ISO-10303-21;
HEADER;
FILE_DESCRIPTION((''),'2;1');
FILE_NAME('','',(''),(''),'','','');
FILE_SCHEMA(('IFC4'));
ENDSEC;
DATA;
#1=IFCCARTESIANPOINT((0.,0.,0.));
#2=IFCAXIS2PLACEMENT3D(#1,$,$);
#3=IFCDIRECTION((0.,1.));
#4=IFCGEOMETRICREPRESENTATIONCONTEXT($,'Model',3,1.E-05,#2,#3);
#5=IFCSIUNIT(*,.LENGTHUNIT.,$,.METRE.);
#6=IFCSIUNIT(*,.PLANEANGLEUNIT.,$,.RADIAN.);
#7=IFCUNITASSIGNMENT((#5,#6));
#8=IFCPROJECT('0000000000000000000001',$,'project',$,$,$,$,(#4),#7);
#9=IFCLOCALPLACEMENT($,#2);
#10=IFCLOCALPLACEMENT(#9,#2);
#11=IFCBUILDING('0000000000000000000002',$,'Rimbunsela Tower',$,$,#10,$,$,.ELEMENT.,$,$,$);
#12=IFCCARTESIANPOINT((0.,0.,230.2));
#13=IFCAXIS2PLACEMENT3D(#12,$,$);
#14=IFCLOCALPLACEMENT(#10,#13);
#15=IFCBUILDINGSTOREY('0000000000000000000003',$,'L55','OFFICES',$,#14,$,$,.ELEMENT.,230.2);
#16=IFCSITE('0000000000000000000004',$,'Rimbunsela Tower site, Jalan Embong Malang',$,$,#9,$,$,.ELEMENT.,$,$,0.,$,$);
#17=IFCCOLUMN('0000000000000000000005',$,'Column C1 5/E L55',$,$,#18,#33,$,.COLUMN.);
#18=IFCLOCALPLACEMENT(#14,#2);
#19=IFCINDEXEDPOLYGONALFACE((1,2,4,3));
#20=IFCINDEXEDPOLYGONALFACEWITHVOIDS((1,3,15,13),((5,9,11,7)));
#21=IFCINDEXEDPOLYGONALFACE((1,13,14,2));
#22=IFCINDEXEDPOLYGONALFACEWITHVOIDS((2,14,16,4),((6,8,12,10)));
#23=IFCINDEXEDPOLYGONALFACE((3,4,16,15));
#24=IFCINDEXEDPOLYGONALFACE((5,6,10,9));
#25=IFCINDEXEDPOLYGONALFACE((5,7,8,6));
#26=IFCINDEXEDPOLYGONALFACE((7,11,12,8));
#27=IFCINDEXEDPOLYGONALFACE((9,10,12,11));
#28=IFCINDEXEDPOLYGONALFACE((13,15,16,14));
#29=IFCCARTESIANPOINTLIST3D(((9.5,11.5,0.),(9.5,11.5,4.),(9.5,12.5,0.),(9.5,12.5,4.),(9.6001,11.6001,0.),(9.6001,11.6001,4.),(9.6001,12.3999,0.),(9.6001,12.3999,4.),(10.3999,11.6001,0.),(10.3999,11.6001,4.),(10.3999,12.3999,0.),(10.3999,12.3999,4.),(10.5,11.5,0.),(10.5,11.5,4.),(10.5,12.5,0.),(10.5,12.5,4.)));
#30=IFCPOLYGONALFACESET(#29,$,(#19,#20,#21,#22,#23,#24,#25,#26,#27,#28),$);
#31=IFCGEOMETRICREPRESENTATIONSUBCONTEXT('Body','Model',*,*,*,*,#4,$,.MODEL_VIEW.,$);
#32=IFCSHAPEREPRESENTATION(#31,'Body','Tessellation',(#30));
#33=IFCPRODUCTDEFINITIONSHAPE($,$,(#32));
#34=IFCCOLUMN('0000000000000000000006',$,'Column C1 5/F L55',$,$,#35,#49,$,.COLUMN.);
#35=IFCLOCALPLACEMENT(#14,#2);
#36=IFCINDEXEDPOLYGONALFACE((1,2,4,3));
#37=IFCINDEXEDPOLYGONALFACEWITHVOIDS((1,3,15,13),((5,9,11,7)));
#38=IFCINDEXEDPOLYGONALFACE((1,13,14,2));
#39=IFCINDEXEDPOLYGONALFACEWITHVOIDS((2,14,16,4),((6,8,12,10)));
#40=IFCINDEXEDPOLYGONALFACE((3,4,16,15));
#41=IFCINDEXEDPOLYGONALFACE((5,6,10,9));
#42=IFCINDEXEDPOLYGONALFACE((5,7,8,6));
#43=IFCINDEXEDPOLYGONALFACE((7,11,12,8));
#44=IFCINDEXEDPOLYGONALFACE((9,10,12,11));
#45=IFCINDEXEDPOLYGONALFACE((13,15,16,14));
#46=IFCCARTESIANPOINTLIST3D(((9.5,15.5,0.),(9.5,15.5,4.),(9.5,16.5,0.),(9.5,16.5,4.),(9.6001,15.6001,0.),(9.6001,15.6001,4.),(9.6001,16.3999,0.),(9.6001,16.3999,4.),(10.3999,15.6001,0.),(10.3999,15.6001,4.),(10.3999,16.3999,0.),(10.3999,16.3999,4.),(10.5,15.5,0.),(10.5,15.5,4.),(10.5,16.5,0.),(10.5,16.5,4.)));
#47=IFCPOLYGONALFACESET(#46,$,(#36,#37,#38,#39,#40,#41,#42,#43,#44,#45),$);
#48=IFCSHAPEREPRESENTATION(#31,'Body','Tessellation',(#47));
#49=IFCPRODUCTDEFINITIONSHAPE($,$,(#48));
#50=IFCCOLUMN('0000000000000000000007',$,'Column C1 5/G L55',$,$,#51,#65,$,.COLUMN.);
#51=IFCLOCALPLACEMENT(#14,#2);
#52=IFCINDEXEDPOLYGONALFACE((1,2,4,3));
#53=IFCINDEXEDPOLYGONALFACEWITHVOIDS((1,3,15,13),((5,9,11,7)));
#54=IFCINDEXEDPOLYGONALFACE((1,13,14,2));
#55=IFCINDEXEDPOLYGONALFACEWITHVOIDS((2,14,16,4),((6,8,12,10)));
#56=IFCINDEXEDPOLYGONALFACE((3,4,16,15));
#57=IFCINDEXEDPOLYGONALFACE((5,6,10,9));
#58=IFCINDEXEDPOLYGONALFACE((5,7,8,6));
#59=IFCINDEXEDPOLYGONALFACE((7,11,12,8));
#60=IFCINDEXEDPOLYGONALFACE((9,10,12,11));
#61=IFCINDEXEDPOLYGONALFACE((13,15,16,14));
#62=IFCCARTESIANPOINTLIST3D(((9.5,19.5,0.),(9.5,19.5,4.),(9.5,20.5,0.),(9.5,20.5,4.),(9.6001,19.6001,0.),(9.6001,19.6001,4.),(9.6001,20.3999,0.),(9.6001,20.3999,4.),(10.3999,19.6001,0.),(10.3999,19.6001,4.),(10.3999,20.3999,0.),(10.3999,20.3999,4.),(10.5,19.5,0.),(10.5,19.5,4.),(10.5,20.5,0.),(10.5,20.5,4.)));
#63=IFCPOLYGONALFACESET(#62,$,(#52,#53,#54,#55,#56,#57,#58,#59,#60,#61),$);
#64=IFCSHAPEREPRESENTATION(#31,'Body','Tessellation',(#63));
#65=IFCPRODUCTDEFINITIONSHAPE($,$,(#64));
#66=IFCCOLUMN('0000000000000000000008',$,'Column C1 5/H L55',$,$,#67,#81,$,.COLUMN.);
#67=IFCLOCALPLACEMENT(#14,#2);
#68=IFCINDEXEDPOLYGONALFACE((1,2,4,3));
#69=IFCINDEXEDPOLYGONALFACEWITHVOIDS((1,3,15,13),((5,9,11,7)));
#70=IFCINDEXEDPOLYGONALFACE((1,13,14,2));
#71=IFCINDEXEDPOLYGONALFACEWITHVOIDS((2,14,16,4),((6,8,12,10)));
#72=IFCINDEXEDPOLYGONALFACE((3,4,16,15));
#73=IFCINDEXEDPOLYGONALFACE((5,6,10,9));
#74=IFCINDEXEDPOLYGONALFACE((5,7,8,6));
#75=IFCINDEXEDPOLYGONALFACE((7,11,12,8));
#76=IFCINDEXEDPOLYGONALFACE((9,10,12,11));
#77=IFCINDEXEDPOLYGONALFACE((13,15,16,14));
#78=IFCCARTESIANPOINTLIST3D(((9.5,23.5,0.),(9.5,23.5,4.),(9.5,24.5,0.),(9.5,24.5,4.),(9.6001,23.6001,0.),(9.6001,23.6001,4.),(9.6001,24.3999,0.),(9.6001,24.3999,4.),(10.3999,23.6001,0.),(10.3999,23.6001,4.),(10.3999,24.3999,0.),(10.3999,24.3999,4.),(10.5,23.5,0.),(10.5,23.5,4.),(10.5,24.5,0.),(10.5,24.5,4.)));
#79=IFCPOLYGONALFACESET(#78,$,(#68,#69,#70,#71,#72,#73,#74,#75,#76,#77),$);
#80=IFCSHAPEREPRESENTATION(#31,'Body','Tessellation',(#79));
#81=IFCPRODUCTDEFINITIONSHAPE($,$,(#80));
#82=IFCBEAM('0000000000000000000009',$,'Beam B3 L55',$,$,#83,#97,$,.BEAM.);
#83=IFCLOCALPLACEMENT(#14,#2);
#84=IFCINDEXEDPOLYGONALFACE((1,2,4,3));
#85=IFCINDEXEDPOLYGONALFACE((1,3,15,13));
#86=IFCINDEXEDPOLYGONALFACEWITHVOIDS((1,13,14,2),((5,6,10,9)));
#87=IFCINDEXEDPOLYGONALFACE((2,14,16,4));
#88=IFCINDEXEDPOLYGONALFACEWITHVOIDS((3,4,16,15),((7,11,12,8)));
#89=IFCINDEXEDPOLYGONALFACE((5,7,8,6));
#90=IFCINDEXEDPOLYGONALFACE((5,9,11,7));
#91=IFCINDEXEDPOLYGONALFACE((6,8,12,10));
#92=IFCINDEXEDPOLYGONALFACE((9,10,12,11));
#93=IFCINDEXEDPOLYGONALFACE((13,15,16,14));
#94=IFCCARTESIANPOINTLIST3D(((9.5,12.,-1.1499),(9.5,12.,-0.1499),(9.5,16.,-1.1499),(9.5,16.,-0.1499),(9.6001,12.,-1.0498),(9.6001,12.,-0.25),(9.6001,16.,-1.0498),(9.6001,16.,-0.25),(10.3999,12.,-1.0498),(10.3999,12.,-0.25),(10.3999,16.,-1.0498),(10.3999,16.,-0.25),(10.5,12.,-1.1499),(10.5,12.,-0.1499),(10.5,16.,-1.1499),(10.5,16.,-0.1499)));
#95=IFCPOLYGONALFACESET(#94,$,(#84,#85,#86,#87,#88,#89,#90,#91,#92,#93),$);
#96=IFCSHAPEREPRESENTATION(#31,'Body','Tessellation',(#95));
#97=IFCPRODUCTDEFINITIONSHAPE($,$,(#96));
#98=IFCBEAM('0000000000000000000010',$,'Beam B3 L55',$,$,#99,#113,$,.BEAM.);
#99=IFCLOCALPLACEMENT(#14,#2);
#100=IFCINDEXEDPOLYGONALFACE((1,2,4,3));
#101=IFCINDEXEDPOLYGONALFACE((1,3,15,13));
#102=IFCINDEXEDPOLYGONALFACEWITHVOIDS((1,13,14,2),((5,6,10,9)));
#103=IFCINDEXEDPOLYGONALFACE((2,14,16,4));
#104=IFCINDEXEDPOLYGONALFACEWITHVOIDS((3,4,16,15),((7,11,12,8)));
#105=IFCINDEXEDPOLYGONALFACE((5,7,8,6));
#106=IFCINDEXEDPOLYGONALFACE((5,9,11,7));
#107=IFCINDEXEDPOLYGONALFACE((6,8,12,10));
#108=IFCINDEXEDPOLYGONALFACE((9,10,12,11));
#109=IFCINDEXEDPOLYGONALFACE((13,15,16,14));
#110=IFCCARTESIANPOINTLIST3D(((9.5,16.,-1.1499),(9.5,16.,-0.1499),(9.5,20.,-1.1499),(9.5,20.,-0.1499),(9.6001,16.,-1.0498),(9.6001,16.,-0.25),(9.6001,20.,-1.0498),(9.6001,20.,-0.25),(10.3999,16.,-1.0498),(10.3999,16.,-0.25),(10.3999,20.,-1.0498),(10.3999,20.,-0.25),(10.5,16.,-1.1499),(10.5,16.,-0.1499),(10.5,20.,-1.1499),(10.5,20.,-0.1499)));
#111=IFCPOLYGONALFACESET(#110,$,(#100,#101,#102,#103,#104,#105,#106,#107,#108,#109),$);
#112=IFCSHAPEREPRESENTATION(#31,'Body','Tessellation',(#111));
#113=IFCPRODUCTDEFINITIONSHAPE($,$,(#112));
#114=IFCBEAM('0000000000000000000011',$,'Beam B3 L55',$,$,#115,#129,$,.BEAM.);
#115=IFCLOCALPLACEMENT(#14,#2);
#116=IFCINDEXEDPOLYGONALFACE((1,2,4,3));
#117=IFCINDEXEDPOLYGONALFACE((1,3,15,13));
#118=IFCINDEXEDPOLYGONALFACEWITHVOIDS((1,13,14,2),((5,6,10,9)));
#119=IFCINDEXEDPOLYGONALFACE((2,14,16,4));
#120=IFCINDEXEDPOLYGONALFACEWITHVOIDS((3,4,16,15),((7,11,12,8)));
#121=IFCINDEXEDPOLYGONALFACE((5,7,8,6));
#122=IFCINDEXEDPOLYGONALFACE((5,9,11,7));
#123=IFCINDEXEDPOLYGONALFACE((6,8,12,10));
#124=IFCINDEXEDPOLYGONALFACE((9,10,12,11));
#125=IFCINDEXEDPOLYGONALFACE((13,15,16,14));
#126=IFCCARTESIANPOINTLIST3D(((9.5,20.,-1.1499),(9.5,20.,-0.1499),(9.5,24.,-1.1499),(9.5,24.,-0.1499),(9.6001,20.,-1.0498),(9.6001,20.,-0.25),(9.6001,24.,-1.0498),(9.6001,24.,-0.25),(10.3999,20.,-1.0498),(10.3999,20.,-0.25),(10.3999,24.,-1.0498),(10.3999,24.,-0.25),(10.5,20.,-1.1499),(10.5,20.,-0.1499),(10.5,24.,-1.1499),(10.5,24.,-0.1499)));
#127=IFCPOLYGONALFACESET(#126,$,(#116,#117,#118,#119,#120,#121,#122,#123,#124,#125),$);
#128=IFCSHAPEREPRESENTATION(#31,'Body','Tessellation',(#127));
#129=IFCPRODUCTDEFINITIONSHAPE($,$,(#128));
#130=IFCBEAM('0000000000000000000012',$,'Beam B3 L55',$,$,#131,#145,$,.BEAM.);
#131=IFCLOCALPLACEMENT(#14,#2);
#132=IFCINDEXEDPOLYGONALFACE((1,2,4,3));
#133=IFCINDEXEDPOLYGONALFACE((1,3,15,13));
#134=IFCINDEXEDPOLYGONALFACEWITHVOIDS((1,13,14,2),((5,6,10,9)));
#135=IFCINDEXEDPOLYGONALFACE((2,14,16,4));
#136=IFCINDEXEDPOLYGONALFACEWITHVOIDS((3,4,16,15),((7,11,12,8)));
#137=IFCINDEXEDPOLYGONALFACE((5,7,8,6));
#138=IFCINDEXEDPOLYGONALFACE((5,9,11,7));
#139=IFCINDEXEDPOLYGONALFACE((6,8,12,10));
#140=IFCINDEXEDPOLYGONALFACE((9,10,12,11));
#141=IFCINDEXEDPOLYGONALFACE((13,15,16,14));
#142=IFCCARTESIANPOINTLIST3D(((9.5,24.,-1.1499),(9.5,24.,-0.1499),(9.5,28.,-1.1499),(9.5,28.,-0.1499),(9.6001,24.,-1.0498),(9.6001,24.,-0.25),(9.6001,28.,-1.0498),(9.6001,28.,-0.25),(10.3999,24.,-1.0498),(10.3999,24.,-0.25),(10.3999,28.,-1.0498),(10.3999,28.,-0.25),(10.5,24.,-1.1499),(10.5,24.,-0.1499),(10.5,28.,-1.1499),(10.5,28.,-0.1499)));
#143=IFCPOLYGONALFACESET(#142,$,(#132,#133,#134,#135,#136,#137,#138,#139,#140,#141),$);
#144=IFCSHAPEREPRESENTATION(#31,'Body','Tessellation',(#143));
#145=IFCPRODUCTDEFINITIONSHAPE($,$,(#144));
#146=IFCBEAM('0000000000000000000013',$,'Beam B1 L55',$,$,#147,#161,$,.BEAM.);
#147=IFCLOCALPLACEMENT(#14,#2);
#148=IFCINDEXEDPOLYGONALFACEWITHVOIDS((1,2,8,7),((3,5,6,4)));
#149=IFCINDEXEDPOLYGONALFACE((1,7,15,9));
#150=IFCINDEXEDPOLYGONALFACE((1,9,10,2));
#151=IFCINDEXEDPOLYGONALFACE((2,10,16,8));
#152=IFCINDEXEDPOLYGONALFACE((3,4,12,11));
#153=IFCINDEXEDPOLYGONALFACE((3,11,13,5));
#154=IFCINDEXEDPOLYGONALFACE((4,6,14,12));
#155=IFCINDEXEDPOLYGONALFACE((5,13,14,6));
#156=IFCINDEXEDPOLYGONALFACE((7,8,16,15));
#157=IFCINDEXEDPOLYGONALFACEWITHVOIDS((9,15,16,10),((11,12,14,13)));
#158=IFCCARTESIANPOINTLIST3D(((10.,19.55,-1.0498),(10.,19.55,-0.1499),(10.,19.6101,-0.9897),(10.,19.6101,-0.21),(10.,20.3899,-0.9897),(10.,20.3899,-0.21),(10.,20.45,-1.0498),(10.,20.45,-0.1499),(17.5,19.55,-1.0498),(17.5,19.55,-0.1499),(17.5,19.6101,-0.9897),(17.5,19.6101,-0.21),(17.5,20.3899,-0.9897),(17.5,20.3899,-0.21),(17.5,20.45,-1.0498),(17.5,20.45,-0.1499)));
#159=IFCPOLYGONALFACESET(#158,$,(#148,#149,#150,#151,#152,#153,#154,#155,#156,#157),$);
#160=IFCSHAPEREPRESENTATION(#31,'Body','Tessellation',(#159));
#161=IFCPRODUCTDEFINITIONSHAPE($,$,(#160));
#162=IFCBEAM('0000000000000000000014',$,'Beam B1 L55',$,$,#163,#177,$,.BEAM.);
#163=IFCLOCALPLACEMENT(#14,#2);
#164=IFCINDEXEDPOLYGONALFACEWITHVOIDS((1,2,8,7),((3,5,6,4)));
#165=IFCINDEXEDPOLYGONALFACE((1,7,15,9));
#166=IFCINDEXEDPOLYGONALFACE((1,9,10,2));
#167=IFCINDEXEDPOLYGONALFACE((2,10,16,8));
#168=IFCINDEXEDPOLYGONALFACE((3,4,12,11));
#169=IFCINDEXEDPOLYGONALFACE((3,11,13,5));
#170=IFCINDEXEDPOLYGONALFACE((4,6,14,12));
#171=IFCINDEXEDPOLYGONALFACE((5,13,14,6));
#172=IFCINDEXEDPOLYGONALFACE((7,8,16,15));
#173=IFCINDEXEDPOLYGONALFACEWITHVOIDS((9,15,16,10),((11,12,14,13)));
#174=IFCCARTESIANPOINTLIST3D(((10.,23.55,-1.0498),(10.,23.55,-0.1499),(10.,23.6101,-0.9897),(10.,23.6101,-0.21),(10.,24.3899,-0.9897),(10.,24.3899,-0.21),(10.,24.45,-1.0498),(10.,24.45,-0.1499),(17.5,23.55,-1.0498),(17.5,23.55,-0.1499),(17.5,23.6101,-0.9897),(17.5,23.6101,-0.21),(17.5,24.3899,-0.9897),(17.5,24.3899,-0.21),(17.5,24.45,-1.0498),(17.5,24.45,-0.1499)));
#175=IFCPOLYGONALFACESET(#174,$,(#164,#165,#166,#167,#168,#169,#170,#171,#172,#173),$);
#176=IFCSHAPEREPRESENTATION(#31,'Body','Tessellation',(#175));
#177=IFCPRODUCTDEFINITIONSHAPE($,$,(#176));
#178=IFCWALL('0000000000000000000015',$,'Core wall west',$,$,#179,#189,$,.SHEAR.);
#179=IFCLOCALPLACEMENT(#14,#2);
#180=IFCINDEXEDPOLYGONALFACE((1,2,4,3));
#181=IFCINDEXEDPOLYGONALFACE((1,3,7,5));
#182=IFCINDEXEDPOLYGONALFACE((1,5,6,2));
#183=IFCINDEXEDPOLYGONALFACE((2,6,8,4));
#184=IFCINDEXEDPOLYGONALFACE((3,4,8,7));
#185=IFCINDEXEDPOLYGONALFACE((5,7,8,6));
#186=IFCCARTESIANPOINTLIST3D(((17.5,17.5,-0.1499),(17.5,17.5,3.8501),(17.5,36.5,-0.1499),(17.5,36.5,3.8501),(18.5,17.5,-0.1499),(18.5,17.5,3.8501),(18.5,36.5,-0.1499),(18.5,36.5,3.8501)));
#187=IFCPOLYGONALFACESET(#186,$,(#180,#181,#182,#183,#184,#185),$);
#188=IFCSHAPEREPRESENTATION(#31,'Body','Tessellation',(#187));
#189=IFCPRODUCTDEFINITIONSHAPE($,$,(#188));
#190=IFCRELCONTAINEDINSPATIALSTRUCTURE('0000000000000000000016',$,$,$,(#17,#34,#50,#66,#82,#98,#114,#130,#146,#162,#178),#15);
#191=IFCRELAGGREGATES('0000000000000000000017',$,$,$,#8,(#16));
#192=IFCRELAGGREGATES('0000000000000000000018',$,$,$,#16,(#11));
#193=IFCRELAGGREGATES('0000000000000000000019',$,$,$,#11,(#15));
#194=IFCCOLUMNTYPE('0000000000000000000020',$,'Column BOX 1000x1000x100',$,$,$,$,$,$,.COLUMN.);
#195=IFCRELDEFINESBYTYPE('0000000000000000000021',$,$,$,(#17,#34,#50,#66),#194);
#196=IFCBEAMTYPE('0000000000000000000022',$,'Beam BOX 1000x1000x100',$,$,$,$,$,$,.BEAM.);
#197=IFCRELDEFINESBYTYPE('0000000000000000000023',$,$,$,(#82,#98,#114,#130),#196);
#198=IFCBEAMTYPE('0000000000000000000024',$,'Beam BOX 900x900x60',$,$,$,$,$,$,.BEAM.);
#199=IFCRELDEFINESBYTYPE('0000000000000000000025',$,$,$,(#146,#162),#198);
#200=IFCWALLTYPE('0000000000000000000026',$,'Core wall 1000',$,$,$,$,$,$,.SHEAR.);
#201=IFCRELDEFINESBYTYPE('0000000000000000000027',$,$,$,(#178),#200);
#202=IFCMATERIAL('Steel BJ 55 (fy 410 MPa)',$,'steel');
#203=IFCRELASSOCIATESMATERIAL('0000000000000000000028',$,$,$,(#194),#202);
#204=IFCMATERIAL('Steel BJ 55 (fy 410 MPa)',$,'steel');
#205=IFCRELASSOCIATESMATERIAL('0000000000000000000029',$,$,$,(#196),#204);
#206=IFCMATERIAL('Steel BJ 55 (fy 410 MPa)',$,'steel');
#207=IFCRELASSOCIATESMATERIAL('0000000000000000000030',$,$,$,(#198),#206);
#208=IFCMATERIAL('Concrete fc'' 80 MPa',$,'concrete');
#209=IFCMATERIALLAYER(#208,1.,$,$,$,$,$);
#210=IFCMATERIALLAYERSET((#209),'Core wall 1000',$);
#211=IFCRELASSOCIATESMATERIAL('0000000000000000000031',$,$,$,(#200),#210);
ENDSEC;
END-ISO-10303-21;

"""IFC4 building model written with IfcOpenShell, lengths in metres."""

from ifc_helpers import new_model, si_unit, direction, frame, frame_2d, origin, origin_2d, place, context, subcontext, project, spatial, rectangle, hollow_rectangle, extrude, material, layer, layer_set, material_profile, profile_set, type_object, element, save


model = new_model("IFC4")

# Units and contexts
model_context = context("Model", 3, precision=1e-05, world=origin(), true_north=direction((0.0, 1.0)))
body_context = subcontext(model_context, "Body", "Model", "MODEL_VIEW")
ifc_project = project(units=[si_unit("LENGTHUNIT", "METRE"), si_unit("PLANEANGLEUNIT", "RADIAN")], contexts=[model_context])

# Site, building, storey
site_placement = place(None, origin())
site = spatial("IfcSite", under=ifc_project, at=site_placement, Name="Rimbunsela Tower site, Jalan Embong Malang", CompositionType="ELEMENT", RefElevation=0.0)
building_placement = place(site_placement, origin())
building = spatial("IfcBuilding", under=site, at=building_placement, Name="Rimbunsela Tower", CompositionType="ELEMENT")
storey_placement = place(building_placement, frame((0.0, 0.0, 230.2)))
storey = spatial("IfcBuildingStorey", under=building, at=storey_placement, Name="L55", Description="OFFICES", CompositionType="ELEMENT", Elevation=230.2)

# Columns
ifc_material_1 = material(Name="Steel BJ 55 (fy 410 MPa)", Category="steel")
ifc_material_profile_1 = material_profile(ifc_material_1, hollow_rectangle(XDim=1.0, YDim=1.0, WallThickness=0.1001, at=origin_2d()), Name="BOX 1000x1000x100")
ifc_profile_set_1 = profile_set([ifc_material_profile_1], Name="Steel BJ 55 (fy 410 MPa)")
column_type = type_object("IfcColumnType", Name="Column BOX 1000x1000x100", PredefinedType="COLUMN", material=ifc_profile_set_1)
for number, where, z_axis, x_axis, name in (
    (1, (10.0, 12.0, 0.0), (0.0, 0.0, 1.0), (1.0, 0.0, 0.0), "Column C1 5/E L55"),
    (2, (10.0, 16.0, 0.0), (0.0, 0.0, 1.0), (1.0, 0.0, 0.0), "Column C1 5/F L55"),
    (3, (10.0, 20.0, 0.0), (0.0, 0.0, 1.0), (1.0, 0.0, 0.0), "Column C1 5/G L55"),
    (4, (10.0, 24.0, 0.0), (0.0, 0.0, 1.0), (1.0, 0.0, 0.0), "Column C1 5/H L55"),
):
    element("IfcColumn", number, at=place(storey_placement, frame(where, z_axis=z_axis, x_axis=x_axis)), inside=storey, type_object=column_type, Name=name, PredefinedType="COLUMN", context=body_context, shape_type="SweptSolid", body=[
        extrude(hollow_rectangle(XDim=1.0, YDim=1.0, WallThickness=0.1001, at=origin_2d()), origin(), (0.0, 0.0, 1.0), 4.0),
    ])

# Beams
ifc_material_2 = material(Name="Steel BJ 55 (fy 410 MPa)", Category="steel")
ifc_material_profile_2 = material_profile(ifc_material_2, hollow_rectangle(XDim=1.0, YDim=1.0, WallThickness=0.1001, at=origin_2d()), Name="BOX 1000x1000x100")
ifc_profile_set_2 = profile_set([ifc_material_profile_2], Name="Steel BJ 55 (fy 410 MPa)")
beam_type_1 = type_object("IfcBeamType", Name="Beam BOX 1000x1000x100", PredefinedType="BEAM", material=ifc_profile_set_2)
for number, where, z_axis, x_axis, name in (
    (5, (10.0, 12.0, -0.6499), (0.0, 1.0, 0.0), (-1.0, 0.0, 0.0), "Beam B3 L55"),
    (6, (10.0, 16.0, -0.6499), (0.0, 1.0, 0.0), (-1.0, 0.0, 0.0), "Beam B3 L55"),
    (7, (10.0, 20.0, -0.6499), (0.0, 1.0, 0.0), (-1.0, 0.0, 0.0), "Beam B3 L55"),
    (8, (10.0, 24.0, -0.6499), (0.0, 1.0, 0.0), (-1.0, 0.0, 0.0), "Beam B3 L55"),
):
    element("IfcBeam", number, at=place(storey_placement, frame(where, z_axis=z_axis, x_axis=x_axis)), inside=storey, type_object=beam_type_1, Name=name, PredefinedType="BEAM", context=body_context, shape_type="SweptSolid", body=[
        extrude(hollow_rectangle(XDim=1.0, YDim=1.0, WallThickness=0.1001, at=origin_2d()), origin(), (0.0, 0.0, 1.0), 4.0),
    ])
ifc_material_3 = material(Name="Steel BJ 55 (fy 410 MPa)", Category="steel")
ifc_material_profile_3 = material_profile(ifc_material_3, hollow_rectangle(XDim=0.8999, YDim=0.8999, WallThickness=0.0601, at=origin_2d()), Name="BOX 900x900x60")
ifc_profile_set_3 = profile_set([ifc_material_profile_3], Name="Steel BJ 55 (fy 410 MPa)")
beam_type_2 = type_object("IfcBeamType", Name="Beam BOX 900x900x60", PredefinedType="BEAM", material=ifc_profile_set_3)
for number, where, z_axis, x_axis, name in (
    (9, (10.0, 20.0, -0.5999), (1.0, 0.0, 0.0), (0.0, 1.0, 0.0), "Beam B1 L55"),
    (10, (10.0, 24.0, -0.5999), (1.0, 0.0, 0.0), (0.0, 1.0, 0.0), "Beam B1 L55"),
):
    element("IfcBeam", number, at=place(storey_placement, frame(where, z_axis=z_axis, x_axis=x_axis)), inside=storey, type_object=beam_type_2, Name=name, PredefinedType="BEAM", context=body_context, shape_type="SweptSolid", body=[
        extrude(hollow_rectangle(XDim=0.8999, YDim=0.8999, WallThickness=0.0601, at=origin_2d()), origin(), (0.0, 0.0, 1.0), 7.5),
    ])

# Wall
ifc_material_4 = material(Name="Concrete fc' 80 MPa", Category="concrete")
ifc_layer_1 = layer(ifc_material_4, 1.0)
ifc_layer_set_1 = layer_set([ifc_layer_1], Name="Core wall 1000")
wall_type_1 = type_object("IfcWallType", Name="Core wall 1000", PredefinedType="SHEAR", material=ifc_layer_set_1)
wall_1_placement = place(storey_placement, frame((18.0, 17.5, -0.1499), z_axis=(0.0, 0.0, 1.0), x_axis=(0.0, 1.0, 0.0)))
element("IfcWall", 11, at=wall_1_placement, inside=storey, type_object=wall_type_1, Name="Core wall west", PredefinedType="SHEAR", context=body_context, shape_type="SweptSolid", body=[
    extrude(rectangle(XDim=19.0, YDim=1.0, at=frame_2d((9.5, 0.0))), origin(), (0.0, 0.0, 1.0), 4.0),
])

save(model, "model.ifc")
